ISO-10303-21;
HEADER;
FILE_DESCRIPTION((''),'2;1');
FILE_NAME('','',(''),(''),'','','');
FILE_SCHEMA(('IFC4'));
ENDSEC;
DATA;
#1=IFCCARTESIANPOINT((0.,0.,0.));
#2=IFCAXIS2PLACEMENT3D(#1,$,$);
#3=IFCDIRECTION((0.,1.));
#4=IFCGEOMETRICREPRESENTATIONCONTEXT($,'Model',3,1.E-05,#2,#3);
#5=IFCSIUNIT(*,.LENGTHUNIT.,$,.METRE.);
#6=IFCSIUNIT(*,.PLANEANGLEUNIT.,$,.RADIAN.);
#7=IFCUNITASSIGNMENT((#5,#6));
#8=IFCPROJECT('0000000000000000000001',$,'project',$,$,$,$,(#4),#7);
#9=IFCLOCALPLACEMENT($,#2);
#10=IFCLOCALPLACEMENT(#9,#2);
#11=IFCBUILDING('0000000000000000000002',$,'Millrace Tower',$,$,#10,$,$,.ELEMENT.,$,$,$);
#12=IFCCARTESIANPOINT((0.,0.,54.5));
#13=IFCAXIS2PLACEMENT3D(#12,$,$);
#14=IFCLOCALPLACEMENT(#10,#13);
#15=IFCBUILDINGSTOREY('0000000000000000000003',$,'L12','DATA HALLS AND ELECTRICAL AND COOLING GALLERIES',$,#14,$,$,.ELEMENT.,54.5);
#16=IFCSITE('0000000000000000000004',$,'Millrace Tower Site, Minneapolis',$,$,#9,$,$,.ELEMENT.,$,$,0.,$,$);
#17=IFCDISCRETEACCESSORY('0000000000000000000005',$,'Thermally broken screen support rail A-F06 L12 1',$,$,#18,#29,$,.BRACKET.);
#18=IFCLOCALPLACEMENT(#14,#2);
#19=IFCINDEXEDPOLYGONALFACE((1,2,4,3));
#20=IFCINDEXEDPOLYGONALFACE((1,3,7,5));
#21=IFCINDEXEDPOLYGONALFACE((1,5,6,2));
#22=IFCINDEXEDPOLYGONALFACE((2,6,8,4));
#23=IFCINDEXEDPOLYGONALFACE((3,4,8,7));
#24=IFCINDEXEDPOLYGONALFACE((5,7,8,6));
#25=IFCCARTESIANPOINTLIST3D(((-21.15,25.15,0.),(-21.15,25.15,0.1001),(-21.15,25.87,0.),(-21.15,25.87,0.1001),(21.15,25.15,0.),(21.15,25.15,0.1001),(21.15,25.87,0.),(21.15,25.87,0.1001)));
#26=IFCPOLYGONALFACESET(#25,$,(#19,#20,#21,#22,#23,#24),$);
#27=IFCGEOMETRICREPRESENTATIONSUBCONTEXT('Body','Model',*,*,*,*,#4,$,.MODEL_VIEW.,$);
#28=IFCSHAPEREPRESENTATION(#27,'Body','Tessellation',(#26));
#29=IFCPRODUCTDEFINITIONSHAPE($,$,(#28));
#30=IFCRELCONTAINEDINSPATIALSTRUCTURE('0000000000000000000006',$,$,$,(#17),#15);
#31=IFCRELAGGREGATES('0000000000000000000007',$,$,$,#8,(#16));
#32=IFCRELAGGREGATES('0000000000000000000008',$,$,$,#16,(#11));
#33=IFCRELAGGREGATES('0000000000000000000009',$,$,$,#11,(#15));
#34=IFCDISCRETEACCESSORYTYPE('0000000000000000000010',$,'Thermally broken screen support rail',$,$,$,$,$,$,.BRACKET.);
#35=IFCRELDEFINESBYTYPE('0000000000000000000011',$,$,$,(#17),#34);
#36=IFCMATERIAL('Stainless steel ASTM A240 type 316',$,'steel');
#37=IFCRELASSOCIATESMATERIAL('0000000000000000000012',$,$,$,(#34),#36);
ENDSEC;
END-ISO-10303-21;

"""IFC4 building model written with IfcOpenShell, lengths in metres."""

from ifc_helpers import new_model, si_unit, direction, frame, origin, origin_2d, place, context, subcontext, project, spatial, rectangle, extrude, material, type_object, element, save


model = new_model("IFC4")

# Units and contexts
model_context = context("Model", 3, precision=1e-05, world=origin(), true_north=direction((0.0, 1.0)))
body_context = subcontext(model_context, "Body", "Model", "MODEL_VIEW")
ifc_project = project(units=[si_unit("LENGTHUNIT", "METRE"), si_unit("PLANEANGLEUNIT", "RADIAN")], contexts=[model_context])

# Site, building, storey
site_placement = place(None, origin())
site = spatial("IfcSite", under=ifc_project, at=site_placement, Name="Millrace Tower Site, Minneapolis", CompositionType="ELEMENT", RefElevation=0.0)
building_placement = place(site_placement, origin())
building = spatial("IfcBuilding", under=site, at=building_placement, Name="Millrace Tower", CompositionType="ELEMENT")
storey_placement = place(building_placement, frame((0.0, 0.0, 54.5)))
storey = spatial("IfcBuildingStorey", under=building, at=storey_placement, Name="L12", Description="DATA HALLS AND ELECTRICAL AND COOLING GALLERIES", CompositionType="ELEMENT", Elevation=54.5)

# Discrete accessory
ifc_material_1 = material(Name="Stainless steel ASTM A240 type 316", Category="steel")
discrete_accessory_type = type_object("IfcDiscreteAccessoryType", Name="Thermally broken screen support rail", PredefinedType="BRACKET", material=ifc_material_1)
discrete_accessory_placement = place(storey_placement, frame((0.0, 25.51, 0.0), z_axis=(0.0, 0.0, 1.0), x_axis=(-1.0, 0.0, 0.0)))
element("IfcDiscreteAccessory", 1, at=discrete_accessory_placement, inside=storey, type_object=discrete_accessory_type, Name="Thermally broken screen support rail A-F06 L12 1", PredefinedType="BRACKET", context=body_context, shape_type="SweptSolid", body=[
    extrude(rectangle(XDim=42.3, YDim=0.72, at=origin_2d()), origin(), (0.0, 0.0, 1.0), 0.1001),
])

save(model, "model.ifc")
